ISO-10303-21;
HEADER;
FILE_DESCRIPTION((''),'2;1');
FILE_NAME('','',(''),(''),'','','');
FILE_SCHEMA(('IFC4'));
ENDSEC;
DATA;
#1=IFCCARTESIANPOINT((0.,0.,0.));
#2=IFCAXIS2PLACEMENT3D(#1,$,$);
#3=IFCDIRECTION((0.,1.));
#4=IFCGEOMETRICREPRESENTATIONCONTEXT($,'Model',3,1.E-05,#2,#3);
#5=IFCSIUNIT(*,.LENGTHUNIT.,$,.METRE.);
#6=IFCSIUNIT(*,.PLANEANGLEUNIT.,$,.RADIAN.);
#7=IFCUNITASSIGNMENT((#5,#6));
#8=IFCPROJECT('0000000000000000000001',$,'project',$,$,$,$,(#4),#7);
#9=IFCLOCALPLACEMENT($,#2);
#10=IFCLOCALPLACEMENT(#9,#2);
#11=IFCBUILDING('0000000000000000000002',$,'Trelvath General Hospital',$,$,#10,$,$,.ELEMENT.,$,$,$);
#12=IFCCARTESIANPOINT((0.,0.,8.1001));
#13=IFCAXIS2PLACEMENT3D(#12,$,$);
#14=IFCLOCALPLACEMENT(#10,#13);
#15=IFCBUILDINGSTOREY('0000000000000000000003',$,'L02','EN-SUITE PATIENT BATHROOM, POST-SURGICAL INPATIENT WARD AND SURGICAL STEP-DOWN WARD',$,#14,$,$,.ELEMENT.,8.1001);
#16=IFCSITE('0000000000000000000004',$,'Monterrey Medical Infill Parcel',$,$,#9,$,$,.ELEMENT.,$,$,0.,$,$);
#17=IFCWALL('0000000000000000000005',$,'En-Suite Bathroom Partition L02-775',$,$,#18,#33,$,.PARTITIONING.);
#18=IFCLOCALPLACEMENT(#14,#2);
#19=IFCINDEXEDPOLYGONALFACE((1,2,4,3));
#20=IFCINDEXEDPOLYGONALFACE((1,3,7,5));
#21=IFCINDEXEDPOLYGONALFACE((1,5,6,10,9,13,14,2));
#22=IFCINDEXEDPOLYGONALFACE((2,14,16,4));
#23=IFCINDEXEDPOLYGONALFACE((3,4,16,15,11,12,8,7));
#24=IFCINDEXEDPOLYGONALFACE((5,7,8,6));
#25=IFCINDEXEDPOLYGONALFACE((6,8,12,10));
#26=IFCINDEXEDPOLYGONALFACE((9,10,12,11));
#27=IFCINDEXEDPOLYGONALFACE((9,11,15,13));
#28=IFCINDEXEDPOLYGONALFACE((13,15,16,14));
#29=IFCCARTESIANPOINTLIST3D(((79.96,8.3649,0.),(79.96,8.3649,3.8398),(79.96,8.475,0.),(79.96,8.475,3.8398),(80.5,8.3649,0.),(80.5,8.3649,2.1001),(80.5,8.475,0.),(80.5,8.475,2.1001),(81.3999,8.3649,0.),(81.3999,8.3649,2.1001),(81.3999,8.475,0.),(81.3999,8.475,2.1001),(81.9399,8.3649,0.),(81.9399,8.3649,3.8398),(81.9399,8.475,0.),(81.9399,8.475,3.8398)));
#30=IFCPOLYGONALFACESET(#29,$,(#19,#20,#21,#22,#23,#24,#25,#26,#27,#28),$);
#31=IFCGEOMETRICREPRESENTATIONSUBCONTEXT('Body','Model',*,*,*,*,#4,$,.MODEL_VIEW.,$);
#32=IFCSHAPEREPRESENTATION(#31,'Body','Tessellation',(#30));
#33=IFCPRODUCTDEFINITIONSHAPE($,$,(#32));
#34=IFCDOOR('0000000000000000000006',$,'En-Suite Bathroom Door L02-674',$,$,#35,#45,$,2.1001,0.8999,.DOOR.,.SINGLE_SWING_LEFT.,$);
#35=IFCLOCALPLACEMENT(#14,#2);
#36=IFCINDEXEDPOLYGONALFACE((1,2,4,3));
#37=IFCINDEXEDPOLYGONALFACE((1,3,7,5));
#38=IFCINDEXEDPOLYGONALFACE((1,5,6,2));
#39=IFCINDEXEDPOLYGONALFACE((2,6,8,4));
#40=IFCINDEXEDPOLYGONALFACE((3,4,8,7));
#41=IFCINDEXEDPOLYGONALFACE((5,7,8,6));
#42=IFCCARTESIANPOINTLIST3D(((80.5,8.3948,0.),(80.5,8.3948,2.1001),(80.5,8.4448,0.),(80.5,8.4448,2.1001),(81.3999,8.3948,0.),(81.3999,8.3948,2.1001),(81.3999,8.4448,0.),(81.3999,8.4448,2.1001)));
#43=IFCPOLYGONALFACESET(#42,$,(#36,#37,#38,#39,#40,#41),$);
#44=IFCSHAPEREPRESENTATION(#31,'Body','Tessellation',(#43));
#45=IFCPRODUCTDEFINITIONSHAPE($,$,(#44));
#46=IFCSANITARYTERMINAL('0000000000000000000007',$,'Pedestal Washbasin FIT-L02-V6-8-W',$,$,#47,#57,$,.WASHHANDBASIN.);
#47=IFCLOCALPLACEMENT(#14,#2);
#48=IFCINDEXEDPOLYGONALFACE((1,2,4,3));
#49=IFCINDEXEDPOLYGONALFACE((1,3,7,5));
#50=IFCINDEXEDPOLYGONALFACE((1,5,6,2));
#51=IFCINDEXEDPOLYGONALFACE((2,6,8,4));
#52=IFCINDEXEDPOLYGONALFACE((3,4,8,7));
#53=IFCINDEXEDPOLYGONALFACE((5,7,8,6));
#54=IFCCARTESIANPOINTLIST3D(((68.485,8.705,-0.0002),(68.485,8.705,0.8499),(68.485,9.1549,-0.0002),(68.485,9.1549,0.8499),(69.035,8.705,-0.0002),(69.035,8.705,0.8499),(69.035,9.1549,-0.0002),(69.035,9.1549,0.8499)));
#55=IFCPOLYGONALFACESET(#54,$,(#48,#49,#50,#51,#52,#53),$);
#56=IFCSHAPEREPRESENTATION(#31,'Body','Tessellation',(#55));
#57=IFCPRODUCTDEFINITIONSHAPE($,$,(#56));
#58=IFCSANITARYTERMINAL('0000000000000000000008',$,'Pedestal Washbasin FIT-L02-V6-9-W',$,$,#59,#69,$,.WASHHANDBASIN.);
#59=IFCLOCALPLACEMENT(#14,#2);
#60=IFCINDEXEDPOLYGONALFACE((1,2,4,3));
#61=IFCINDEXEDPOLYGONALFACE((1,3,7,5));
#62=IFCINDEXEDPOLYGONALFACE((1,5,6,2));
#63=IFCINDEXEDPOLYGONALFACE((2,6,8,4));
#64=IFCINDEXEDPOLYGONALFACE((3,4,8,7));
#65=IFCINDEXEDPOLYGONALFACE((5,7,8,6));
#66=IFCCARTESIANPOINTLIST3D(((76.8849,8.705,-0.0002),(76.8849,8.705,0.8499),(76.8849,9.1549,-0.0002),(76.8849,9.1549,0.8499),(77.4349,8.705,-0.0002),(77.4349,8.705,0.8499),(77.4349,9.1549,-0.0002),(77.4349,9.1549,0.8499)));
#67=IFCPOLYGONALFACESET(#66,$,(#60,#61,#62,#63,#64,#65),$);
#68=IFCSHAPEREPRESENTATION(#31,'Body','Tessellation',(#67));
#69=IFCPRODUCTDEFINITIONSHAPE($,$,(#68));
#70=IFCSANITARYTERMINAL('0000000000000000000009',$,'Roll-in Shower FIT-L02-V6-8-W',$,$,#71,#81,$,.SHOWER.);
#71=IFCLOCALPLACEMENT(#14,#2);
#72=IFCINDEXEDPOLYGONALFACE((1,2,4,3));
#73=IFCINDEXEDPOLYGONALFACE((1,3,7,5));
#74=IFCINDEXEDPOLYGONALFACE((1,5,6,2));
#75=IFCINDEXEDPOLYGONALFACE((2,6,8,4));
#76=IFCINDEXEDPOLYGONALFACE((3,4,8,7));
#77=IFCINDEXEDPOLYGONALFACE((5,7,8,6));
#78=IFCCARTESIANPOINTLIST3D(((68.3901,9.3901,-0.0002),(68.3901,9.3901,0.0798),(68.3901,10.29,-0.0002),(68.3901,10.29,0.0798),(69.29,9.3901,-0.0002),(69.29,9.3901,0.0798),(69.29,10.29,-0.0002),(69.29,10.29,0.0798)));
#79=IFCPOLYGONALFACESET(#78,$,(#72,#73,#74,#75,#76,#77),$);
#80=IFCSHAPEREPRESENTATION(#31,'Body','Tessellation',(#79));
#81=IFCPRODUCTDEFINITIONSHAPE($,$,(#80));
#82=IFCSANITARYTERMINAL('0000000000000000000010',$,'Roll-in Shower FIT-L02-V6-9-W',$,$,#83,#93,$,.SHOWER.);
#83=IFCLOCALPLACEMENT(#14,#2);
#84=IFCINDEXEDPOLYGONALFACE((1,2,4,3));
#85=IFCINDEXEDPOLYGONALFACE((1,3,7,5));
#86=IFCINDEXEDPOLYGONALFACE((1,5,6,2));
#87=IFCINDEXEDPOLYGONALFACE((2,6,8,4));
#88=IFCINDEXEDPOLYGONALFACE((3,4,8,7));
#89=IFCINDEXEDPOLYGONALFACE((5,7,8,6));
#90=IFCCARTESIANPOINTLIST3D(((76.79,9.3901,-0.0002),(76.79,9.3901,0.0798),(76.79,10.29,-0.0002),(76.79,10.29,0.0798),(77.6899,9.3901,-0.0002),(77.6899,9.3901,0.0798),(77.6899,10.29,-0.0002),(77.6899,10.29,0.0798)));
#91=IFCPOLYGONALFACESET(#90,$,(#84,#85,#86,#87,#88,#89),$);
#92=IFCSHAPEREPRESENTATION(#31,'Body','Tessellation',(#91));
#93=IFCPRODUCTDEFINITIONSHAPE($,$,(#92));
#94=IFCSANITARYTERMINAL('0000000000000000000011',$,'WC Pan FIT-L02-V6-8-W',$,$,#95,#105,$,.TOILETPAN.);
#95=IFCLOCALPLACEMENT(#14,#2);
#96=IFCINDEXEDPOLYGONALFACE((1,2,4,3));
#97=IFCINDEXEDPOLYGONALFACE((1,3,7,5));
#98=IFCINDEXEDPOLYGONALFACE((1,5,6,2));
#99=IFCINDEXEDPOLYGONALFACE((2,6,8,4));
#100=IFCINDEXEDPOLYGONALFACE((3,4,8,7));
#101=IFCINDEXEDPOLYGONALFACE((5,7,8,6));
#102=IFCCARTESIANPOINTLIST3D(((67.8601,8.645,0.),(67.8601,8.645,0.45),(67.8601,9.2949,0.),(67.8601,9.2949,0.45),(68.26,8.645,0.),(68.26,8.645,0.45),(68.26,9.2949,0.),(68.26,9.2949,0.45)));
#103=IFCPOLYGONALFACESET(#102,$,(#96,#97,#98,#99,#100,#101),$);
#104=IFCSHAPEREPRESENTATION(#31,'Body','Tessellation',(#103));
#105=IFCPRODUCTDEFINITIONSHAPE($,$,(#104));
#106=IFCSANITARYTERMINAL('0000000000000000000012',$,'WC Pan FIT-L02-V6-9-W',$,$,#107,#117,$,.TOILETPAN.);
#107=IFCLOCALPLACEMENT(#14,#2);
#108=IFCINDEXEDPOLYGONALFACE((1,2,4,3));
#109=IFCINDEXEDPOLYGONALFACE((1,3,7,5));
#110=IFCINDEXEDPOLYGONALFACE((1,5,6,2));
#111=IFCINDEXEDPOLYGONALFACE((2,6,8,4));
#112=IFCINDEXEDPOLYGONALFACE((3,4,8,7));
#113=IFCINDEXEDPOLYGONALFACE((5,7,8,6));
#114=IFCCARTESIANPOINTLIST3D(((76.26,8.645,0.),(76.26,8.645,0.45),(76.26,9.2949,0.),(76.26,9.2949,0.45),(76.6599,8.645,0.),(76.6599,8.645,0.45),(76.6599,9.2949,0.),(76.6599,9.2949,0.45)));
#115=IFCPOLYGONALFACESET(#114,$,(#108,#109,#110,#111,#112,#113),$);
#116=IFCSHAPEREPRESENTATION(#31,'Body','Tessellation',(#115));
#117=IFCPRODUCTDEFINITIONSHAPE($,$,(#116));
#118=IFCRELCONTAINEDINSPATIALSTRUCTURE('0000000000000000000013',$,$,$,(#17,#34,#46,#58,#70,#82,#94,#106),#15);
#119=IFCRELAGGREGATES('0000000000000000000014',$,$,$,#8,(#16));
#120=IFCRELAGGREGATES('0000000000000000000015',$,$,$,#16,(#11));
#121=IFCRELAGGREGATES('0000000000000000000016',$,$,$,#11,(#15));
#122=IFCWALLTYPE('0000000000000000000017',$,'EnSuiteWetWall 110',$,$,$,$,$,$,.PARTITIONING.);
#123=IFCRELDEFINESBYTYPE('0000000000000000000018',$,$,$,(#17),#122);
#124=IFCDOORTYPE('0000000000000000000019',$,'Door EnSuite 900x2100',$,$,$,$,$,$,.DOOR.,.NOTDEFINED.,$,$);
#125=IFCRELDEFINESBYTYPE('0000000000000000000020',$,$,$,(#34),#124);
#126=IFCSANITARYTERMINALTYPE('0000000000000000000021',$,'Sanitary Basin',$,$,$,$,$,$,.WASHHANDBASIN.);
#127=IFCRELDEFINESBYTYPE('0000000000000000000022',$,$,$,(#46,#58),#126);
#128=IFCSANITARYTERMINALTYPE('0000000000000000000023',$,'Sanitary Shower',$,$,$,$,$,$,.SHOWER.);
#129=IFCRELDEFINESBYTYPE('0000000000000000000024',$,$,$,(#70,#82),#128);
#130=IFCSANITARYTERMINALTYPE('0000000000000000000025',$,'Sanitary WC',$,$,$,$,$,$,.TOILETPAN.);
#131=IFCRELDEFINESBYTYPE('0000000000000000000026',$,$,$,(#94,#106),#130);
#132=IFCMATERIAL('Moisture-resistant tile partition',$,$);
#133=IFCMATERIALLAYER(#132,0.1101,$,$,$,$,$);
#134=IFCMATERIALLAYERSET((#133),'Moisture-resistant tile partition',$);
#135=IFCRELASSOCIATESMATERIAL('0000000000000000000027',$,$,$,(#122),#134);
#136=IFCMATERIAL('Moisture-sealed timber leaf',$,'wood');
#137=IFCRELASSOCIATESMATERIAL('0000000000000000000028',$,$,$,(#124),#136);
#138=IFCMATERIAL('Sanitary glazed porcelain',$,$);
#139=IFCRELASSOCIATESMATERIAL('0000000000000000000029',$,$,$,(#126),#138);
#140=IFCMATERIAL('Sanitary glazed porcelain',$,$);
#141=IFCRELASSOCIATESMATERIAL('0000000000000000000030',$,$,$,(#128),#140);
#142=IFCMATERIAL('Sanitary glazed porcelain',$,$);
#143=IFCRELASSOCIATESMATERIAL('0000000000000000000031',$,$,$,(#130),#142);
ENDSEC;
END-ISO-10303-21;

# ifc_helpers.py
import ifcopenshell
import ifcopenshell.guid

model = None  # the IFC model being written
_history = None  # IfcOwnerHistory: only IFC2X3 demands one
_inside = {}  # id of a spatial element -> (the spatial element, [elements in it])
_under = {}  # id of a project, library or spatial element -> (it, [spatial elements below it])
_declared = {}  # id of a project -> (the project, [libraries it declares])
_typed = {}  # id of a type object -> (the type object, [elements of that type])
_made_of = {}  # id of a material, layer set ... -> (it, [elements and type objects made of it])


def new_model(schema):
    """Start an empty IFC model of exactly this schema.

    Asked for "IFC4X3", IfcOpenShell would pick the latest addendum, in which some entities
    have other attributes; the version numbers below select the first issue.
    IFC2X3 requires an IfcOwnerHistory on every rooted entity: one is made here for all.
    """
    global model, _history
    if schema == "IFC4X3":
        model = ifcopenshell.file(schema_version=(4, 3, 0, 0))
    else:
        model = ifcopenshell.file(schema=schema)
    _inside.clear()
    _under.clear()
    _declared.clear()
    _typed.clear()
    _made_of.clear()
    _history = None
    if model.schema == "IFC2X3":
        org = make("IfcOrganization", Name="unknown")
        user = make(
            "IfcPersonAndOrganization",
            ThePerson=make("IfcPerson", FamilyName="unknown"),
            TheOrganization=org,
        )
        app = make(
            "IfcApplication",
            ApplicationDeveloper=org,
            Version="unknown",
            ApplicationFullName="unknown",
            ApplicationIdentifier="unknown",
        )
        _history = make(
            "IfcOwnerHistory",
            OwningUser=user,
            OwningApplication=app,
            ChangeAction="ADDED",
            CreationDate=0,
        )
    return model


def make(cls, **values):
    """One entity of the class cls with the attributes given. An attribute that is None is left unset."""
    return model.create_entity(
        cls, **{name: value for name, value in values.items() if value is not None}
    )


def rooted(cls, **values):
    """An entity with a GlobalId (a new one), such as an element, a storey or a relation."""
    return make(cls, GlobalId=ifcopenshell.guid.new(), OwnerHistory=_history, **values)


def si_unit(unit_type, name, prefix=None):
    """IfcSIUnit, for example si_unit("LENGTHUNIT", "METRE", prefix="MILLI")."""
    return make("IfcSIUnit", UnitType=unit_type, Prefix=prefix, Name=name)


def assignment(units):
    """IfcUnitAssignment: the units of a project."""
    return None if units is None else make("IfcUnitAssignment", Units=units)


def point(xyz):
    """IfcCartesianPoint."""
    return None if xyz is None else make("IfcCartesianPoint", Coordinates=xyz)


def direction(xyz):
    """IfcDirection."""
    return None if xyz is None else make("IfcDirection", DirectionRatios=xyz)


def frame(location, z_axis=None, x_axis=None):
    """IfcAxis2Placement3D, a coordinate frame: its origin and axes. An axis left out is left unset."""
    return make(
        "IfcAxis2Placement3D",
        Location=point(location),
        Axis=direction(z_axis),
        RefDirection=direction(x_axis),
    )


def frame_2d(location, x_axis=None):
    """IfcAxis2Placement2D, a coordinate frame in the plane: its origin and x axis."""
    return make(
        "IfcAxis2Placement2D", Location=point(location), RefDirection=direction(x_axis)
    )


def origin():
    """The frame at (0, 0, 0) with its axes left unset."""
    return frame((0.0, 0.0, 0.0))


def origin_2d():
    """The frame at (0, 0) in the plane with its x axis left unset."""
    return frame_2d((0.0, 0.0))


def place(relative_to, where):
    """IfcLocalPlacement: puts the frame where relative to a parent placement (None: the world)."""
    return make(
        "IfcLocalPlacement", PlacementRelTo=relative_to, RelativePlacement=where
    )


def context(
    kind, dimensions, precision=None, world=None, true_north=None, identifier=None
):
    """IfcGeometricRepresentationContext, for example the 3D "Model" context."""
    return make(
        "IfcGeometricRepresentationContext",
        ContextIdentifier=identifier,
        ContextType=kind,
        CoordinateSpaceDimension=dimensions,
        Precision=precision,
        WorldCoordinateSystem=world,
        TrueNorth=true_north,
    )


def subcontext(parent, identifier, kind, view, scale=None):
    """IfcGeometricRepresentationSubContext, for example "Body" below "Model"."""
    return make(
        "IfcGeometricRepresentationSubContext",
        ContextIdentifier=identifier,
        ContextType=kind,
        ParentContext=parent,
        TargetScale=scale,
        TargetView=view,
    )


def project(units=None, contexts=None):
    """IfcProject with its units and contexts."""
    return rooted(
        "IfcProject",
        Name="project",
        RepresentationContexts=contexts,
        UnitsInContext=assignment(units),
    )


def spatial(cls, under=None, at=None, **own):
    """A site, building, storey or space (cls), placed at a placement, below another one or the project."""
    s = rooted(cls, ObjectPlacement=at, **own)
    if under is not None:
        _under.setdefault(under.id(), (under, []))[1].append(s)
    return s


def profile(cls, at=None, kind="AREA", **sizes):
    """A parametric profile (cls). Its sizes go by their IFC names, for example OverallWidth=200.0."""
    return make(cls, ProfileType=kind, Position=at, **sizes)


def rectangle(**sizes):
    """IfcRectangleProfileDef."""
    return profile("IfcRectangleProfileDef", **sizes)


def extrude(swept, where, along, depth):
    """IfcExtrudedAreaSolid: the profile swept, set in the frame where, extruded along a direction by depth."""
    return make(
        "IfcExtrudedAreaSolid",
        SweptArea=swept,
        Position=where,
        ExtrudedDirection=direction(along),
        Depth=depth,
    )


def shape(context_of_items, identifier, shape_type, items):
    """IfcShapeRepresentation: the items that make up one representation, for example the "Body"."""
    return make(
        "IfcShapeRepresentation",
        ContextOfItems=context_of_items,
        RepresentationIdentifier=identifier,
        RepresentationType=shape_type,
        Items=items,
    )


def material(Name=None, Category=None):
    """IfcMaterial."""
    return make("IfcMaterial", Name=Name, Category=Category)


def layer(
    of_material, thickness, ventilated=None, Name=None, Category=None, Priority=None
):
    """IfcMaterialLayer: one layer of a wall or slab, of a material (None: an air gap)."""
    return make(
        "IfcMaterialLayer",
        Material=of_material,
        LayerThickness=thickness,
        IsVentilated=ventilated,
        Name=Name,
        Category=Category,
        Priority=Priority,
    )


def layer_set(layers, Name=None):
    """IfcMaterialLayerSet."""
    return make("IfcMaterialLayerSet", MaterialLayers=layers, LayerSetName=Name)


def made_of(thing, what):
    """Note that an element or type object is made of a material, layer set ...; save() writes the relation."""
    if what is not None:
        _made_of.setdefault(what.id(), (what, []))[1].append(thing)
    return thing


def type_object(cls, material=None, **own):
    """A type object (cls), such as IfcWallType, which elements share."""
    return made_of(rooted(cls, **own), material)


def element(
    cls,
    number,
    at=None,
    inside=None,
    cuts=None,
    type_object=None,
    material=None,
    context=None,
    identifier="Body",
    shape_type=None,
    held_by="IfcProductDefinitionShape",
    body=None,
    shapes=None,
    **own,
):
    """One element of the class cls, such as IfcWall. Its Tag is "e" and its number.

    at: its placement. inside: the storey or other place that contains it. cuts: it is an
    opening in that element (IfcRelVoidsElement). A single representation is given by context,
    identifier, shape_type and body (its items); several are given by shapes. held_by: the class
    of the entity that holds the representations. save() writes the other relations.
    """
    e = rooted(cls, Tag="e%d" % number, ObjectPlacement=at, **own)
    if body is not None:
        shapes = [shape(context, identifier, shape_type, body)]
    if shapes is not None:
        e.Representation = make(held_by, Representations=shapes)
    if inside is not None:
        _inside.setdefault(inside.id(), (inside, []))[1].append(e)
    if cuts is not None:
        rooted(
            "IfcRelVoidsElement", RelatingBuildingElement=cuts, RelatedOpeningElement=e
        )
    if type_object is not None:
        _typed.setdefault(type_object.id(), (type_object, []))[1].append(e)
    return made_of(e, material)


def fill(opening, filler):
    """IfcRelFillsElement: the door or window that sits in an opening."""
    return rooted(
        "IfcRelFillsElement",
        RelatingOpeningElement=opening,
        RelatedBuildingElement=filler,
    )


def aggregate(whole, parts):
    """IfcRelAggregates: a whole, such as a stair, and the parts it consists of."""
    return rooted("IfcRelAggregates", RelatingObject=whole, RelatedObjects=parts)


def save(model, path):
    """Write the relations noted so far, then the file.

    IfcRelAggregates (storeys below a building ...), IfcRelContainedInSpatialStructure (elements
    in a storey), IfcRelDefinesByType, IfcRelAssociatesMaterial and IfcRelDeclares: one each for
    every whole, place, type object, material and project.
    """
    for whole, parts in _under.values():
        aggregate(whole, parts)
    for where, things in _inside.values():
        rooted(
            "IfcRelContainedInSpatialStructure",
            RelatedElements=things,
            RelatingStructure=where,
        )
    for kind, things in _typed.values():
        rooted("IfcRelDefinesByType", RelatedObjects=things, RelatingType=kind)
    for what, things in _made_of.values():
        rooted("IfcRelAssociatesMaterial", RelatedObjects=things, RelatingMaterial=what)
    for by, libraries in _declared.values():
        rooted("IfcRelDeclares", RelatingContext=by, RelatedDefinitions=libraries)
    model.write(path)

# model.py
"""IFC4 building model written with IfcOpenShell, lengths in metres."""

from ifc_helpers import new_model, si_unit, direction, frame, frame_2d, origin, origin_2d, place, context, subcontext, project, spatial, rectangle, extrude, material, layer, layer_set, type_object, element, fill, save


model = new_model("IFC4")

# Units and contexts
model_context = context("Model", 3, precision=1e-05, world=origin(), true_north=direction((0.0, 1.0)))
body_context = subcontext(model_context, "Body", "Model", "MODEL_VIEW")
ifc_project = project(units=[si_unit("LENGTHUNIT", "METRE"), si_unit("PLANEANGLEUNIT", "RADIAN")], contexts=[model_context])

# Site, building, storey
site_placement = place(None, origin())
site = spatial("IfcSite", under=ifc_project, at=site_placement, Name="Monterrey Medical Infill Parcel", CompositionType="ELEMENT", RefElevation=0.0)
building_placement = place(site_placement, origin())
building = spatial("IfcBuilding", under=site, at=building_placement, Name="Trelvath General Hospital", CompositionType="ELEMENT")
storey_placement = place(building_placement, frame((0.0, 0.0, 8.1001)))
storey = spatial("IfcBuildingStorey", under=building, at=storey_placement, Name="L02", Description="EN-SUITE PATIENT BATHROOM, POST-SURGICAL INPATIENT WARD AND SURGICAL STEP-DOWN WARD", CompositionType="ELEMENT", Elevation=8.1001)

# Shared definitions
ifc_material_1 = material(Name="Moisture-resistant tile partition")
ifc_layer_1 = layer(ifc_material_1, 0.1101)
ifc_layer_set_1 = layer_set([ifc_layer_1], Name="Moisture-resistant tile partition")
wall_type_1 = type_object("IfcWallType", Name="EnSuiteWetWall 110", PredefinedType="PARTITIONING", material=ifc_layer_set_1)

# Wall, opening, door
wall_1_placement = place(storey_placement, frame((79.96, 8.4199, 0.0), z_axis=(0.0, 0.0, 1.0), x_axis=(1.0, 0.0, 0.0)))
wall_1 = element("IfcWall", 1, at=wall_1_placement, inside=storey, type_object=wall_type_1, Name="En-Suite Bathroom Partition L02-775", PredefinedType="PARTITIONING", context=body_context, shape_type="SweptSolid", body=[
    extrude(rectangle(XDim=1.98, YDim=0.1101, at=frame_2d((0.99, 0.0))), origin(), (0.0, 0.0, 1.0), 3.8398),
])
opening_1_placement = place(wall_1_placement, frame((0.54, 0.0, 0.0)))
opening_1 = element("IfcOpeningElement", 2, at=opening_1_placement, cuts=wall_1, PredefinedType="OPENING", context=body_context, shape_type="SweptSolid", body=[
    extrude(rectangle(XDim=0.8999, YDim=2.1001, at=frame_2d((0.45, 1.05))), frame((0.0, 0.0649, 0.0), z_axis=(0.0, -1.0, 0.0), x_axis=(1.0, 0.0, 0.0)), (0.0, 0.0, 1.0), 0.1301),
])
ifc_material_2 = material(Name="Moisture-sealed timber leaf", Category="wood")
door_type_1 = type_object("IfcDoorType", Name="Door EnSuite 900x2100", OperationType="NOTDEFINED", PredefinedType="DOOR", material=ifc_material_2)
door_1_placement = place(opening_1_placement, origin())
door_1 = element("IfcDoor", 3, at=door_1_placement, inside=storey, type_object=door_type_1, Name="En-Suite Bathroom Door L02-674", OperationType="SINGLE_SWING_LEFT", OverallHeight=2.1001, OverallWidth=0.8999, PredefinedType="DOOR", context=body_context, shape_type="SweptSolid", body=[
    extrude(rectangle(XDim=0.8999, YDim=2.1001, at=frame_2d((0.45, 1.05))), frame((0.0, 0.0249, 0.0), z_axis=(0.0, -1.0, 0.0), x_axis=(1.0, 0.0, 0.0)), (0.0, 0.0, 1.0), 0.05),
])
fill(opening_1, door_1)

# Sanitary terminals
ifc_material_3 = material(Name="Sanitary glazed porcelain")
sanitary_terminal_type_1 = type_object("IfcSanitaryTerminalType", Name="Sanitary Basin", PredefinedType="WASHHANDBASIN", material=ifc_material_3)
for number, where, z_axis, x_axis, name in (
    (4, (68.76, 8.9299, -0.0002), (0.0, 0.0, 1.0), (1.0, 0.0, 0.0), "Pedestal Washbasin FIT-L02-V6-8-W"),
    (5, (77.1599, 8.9299, -0.0002), (0.0, 0.0, 1.0), (1.0, 0.0, 0.0), "Pedestal Washbasin FIT-L02-V6-9-W"),
):
    element("IfcSanitaryTerminal", number, at=place(storey_placement, frame(where, z_axis=z_axis, x_axis=x_axis)), inside=storey, type_object=sanitary_terminal_type_1, Name=name, PredefinedType="WASHHANDBASIN", context=body_context, shape_type="SweptSolid", body=[
        extrude(rectangle(XDim=0.55, YDim=0.45, at=origin_2d()), origin(), (0.0, 0.0, 1.0), 0.8501),
    ])
ifc_material_4 = material(Name="Sanitary glazed porcelain")
sanitary_terminal_type_2 = type_object("IfcSanitaryTerminalType", Name="Sanitary Shower", PredefinedType="SHOWER", material=ifc_material_4)
for number, where, z_axis, x_axis, name in (
    (6, (68.8401, 9.8401, -0.0002), (0.0, 0.0, 1.0), (1.0, 0.0, 0.0), "Roll-in Shower FIT-L02-V6-8-W"),
    (7, (77.24, 9.8401, -0.0002), (0.0, 0.0, 1.0), (1.0, 0.0, 0.0), "Roll-in Shower FIT-L02-V6-9-W"),
):
    element("IfcSanitaryTerminal", number, at=place(storey_placement, frame(where, z_axis=z_axis, x_axis=x_axis)), inside=storey, type_object=sanitary_terminal_type_2, Name=name, PredefinedType="SHOWER", context=body_context, shape_type="SweptSolid", body=[
        extrude(rectangle(XDim=0.8999, YDim=0.8999, at=origin_2d()), origin(), (0.0, 0.0, 1.0), 0.0801),
    ])
ifc_material_5 = material(Name="Sanitary glazed porcelain")
sanitary_terminal_type_3 = type_object("IfcSanitaryTerminalType", Name="Sanitary WC", PredefinedType="TOILETPAN", material=ifc_material_5)
for number, where, z_axis, x_axis, name in (
    (8, (68.0601, 8.97, 0.0), (0.0, 0.0, 1.0), (1.0, 0.0, 0.0), "WC Pan FIT-L02-V6-8-W"),
    (9, (76.46, 8.97, 0.0), (0.0, 0.0, 1.0), (1.0, 0.0, 0.0), "WC Pan FIT-L02-V6-9-W"),
):
    element("IfcSanitaryTerminal", number, at=place(storey_placement, frame(where, z_axis=z_axis, x_axis=x_axis)), inside=storey, type_object=sanitary_terminal_type_3, Name=name, PredefinedType="TOILETPAN", context=body_context, shape_type="SweptSolid", body=[
        extrude(rectangle(XDim=0.3999, YDim=0.6499, at=origin_2d()), origin(), (0.0, 0.0, 1.0), 0.45),
    ])

save(model, "model.ifc")
